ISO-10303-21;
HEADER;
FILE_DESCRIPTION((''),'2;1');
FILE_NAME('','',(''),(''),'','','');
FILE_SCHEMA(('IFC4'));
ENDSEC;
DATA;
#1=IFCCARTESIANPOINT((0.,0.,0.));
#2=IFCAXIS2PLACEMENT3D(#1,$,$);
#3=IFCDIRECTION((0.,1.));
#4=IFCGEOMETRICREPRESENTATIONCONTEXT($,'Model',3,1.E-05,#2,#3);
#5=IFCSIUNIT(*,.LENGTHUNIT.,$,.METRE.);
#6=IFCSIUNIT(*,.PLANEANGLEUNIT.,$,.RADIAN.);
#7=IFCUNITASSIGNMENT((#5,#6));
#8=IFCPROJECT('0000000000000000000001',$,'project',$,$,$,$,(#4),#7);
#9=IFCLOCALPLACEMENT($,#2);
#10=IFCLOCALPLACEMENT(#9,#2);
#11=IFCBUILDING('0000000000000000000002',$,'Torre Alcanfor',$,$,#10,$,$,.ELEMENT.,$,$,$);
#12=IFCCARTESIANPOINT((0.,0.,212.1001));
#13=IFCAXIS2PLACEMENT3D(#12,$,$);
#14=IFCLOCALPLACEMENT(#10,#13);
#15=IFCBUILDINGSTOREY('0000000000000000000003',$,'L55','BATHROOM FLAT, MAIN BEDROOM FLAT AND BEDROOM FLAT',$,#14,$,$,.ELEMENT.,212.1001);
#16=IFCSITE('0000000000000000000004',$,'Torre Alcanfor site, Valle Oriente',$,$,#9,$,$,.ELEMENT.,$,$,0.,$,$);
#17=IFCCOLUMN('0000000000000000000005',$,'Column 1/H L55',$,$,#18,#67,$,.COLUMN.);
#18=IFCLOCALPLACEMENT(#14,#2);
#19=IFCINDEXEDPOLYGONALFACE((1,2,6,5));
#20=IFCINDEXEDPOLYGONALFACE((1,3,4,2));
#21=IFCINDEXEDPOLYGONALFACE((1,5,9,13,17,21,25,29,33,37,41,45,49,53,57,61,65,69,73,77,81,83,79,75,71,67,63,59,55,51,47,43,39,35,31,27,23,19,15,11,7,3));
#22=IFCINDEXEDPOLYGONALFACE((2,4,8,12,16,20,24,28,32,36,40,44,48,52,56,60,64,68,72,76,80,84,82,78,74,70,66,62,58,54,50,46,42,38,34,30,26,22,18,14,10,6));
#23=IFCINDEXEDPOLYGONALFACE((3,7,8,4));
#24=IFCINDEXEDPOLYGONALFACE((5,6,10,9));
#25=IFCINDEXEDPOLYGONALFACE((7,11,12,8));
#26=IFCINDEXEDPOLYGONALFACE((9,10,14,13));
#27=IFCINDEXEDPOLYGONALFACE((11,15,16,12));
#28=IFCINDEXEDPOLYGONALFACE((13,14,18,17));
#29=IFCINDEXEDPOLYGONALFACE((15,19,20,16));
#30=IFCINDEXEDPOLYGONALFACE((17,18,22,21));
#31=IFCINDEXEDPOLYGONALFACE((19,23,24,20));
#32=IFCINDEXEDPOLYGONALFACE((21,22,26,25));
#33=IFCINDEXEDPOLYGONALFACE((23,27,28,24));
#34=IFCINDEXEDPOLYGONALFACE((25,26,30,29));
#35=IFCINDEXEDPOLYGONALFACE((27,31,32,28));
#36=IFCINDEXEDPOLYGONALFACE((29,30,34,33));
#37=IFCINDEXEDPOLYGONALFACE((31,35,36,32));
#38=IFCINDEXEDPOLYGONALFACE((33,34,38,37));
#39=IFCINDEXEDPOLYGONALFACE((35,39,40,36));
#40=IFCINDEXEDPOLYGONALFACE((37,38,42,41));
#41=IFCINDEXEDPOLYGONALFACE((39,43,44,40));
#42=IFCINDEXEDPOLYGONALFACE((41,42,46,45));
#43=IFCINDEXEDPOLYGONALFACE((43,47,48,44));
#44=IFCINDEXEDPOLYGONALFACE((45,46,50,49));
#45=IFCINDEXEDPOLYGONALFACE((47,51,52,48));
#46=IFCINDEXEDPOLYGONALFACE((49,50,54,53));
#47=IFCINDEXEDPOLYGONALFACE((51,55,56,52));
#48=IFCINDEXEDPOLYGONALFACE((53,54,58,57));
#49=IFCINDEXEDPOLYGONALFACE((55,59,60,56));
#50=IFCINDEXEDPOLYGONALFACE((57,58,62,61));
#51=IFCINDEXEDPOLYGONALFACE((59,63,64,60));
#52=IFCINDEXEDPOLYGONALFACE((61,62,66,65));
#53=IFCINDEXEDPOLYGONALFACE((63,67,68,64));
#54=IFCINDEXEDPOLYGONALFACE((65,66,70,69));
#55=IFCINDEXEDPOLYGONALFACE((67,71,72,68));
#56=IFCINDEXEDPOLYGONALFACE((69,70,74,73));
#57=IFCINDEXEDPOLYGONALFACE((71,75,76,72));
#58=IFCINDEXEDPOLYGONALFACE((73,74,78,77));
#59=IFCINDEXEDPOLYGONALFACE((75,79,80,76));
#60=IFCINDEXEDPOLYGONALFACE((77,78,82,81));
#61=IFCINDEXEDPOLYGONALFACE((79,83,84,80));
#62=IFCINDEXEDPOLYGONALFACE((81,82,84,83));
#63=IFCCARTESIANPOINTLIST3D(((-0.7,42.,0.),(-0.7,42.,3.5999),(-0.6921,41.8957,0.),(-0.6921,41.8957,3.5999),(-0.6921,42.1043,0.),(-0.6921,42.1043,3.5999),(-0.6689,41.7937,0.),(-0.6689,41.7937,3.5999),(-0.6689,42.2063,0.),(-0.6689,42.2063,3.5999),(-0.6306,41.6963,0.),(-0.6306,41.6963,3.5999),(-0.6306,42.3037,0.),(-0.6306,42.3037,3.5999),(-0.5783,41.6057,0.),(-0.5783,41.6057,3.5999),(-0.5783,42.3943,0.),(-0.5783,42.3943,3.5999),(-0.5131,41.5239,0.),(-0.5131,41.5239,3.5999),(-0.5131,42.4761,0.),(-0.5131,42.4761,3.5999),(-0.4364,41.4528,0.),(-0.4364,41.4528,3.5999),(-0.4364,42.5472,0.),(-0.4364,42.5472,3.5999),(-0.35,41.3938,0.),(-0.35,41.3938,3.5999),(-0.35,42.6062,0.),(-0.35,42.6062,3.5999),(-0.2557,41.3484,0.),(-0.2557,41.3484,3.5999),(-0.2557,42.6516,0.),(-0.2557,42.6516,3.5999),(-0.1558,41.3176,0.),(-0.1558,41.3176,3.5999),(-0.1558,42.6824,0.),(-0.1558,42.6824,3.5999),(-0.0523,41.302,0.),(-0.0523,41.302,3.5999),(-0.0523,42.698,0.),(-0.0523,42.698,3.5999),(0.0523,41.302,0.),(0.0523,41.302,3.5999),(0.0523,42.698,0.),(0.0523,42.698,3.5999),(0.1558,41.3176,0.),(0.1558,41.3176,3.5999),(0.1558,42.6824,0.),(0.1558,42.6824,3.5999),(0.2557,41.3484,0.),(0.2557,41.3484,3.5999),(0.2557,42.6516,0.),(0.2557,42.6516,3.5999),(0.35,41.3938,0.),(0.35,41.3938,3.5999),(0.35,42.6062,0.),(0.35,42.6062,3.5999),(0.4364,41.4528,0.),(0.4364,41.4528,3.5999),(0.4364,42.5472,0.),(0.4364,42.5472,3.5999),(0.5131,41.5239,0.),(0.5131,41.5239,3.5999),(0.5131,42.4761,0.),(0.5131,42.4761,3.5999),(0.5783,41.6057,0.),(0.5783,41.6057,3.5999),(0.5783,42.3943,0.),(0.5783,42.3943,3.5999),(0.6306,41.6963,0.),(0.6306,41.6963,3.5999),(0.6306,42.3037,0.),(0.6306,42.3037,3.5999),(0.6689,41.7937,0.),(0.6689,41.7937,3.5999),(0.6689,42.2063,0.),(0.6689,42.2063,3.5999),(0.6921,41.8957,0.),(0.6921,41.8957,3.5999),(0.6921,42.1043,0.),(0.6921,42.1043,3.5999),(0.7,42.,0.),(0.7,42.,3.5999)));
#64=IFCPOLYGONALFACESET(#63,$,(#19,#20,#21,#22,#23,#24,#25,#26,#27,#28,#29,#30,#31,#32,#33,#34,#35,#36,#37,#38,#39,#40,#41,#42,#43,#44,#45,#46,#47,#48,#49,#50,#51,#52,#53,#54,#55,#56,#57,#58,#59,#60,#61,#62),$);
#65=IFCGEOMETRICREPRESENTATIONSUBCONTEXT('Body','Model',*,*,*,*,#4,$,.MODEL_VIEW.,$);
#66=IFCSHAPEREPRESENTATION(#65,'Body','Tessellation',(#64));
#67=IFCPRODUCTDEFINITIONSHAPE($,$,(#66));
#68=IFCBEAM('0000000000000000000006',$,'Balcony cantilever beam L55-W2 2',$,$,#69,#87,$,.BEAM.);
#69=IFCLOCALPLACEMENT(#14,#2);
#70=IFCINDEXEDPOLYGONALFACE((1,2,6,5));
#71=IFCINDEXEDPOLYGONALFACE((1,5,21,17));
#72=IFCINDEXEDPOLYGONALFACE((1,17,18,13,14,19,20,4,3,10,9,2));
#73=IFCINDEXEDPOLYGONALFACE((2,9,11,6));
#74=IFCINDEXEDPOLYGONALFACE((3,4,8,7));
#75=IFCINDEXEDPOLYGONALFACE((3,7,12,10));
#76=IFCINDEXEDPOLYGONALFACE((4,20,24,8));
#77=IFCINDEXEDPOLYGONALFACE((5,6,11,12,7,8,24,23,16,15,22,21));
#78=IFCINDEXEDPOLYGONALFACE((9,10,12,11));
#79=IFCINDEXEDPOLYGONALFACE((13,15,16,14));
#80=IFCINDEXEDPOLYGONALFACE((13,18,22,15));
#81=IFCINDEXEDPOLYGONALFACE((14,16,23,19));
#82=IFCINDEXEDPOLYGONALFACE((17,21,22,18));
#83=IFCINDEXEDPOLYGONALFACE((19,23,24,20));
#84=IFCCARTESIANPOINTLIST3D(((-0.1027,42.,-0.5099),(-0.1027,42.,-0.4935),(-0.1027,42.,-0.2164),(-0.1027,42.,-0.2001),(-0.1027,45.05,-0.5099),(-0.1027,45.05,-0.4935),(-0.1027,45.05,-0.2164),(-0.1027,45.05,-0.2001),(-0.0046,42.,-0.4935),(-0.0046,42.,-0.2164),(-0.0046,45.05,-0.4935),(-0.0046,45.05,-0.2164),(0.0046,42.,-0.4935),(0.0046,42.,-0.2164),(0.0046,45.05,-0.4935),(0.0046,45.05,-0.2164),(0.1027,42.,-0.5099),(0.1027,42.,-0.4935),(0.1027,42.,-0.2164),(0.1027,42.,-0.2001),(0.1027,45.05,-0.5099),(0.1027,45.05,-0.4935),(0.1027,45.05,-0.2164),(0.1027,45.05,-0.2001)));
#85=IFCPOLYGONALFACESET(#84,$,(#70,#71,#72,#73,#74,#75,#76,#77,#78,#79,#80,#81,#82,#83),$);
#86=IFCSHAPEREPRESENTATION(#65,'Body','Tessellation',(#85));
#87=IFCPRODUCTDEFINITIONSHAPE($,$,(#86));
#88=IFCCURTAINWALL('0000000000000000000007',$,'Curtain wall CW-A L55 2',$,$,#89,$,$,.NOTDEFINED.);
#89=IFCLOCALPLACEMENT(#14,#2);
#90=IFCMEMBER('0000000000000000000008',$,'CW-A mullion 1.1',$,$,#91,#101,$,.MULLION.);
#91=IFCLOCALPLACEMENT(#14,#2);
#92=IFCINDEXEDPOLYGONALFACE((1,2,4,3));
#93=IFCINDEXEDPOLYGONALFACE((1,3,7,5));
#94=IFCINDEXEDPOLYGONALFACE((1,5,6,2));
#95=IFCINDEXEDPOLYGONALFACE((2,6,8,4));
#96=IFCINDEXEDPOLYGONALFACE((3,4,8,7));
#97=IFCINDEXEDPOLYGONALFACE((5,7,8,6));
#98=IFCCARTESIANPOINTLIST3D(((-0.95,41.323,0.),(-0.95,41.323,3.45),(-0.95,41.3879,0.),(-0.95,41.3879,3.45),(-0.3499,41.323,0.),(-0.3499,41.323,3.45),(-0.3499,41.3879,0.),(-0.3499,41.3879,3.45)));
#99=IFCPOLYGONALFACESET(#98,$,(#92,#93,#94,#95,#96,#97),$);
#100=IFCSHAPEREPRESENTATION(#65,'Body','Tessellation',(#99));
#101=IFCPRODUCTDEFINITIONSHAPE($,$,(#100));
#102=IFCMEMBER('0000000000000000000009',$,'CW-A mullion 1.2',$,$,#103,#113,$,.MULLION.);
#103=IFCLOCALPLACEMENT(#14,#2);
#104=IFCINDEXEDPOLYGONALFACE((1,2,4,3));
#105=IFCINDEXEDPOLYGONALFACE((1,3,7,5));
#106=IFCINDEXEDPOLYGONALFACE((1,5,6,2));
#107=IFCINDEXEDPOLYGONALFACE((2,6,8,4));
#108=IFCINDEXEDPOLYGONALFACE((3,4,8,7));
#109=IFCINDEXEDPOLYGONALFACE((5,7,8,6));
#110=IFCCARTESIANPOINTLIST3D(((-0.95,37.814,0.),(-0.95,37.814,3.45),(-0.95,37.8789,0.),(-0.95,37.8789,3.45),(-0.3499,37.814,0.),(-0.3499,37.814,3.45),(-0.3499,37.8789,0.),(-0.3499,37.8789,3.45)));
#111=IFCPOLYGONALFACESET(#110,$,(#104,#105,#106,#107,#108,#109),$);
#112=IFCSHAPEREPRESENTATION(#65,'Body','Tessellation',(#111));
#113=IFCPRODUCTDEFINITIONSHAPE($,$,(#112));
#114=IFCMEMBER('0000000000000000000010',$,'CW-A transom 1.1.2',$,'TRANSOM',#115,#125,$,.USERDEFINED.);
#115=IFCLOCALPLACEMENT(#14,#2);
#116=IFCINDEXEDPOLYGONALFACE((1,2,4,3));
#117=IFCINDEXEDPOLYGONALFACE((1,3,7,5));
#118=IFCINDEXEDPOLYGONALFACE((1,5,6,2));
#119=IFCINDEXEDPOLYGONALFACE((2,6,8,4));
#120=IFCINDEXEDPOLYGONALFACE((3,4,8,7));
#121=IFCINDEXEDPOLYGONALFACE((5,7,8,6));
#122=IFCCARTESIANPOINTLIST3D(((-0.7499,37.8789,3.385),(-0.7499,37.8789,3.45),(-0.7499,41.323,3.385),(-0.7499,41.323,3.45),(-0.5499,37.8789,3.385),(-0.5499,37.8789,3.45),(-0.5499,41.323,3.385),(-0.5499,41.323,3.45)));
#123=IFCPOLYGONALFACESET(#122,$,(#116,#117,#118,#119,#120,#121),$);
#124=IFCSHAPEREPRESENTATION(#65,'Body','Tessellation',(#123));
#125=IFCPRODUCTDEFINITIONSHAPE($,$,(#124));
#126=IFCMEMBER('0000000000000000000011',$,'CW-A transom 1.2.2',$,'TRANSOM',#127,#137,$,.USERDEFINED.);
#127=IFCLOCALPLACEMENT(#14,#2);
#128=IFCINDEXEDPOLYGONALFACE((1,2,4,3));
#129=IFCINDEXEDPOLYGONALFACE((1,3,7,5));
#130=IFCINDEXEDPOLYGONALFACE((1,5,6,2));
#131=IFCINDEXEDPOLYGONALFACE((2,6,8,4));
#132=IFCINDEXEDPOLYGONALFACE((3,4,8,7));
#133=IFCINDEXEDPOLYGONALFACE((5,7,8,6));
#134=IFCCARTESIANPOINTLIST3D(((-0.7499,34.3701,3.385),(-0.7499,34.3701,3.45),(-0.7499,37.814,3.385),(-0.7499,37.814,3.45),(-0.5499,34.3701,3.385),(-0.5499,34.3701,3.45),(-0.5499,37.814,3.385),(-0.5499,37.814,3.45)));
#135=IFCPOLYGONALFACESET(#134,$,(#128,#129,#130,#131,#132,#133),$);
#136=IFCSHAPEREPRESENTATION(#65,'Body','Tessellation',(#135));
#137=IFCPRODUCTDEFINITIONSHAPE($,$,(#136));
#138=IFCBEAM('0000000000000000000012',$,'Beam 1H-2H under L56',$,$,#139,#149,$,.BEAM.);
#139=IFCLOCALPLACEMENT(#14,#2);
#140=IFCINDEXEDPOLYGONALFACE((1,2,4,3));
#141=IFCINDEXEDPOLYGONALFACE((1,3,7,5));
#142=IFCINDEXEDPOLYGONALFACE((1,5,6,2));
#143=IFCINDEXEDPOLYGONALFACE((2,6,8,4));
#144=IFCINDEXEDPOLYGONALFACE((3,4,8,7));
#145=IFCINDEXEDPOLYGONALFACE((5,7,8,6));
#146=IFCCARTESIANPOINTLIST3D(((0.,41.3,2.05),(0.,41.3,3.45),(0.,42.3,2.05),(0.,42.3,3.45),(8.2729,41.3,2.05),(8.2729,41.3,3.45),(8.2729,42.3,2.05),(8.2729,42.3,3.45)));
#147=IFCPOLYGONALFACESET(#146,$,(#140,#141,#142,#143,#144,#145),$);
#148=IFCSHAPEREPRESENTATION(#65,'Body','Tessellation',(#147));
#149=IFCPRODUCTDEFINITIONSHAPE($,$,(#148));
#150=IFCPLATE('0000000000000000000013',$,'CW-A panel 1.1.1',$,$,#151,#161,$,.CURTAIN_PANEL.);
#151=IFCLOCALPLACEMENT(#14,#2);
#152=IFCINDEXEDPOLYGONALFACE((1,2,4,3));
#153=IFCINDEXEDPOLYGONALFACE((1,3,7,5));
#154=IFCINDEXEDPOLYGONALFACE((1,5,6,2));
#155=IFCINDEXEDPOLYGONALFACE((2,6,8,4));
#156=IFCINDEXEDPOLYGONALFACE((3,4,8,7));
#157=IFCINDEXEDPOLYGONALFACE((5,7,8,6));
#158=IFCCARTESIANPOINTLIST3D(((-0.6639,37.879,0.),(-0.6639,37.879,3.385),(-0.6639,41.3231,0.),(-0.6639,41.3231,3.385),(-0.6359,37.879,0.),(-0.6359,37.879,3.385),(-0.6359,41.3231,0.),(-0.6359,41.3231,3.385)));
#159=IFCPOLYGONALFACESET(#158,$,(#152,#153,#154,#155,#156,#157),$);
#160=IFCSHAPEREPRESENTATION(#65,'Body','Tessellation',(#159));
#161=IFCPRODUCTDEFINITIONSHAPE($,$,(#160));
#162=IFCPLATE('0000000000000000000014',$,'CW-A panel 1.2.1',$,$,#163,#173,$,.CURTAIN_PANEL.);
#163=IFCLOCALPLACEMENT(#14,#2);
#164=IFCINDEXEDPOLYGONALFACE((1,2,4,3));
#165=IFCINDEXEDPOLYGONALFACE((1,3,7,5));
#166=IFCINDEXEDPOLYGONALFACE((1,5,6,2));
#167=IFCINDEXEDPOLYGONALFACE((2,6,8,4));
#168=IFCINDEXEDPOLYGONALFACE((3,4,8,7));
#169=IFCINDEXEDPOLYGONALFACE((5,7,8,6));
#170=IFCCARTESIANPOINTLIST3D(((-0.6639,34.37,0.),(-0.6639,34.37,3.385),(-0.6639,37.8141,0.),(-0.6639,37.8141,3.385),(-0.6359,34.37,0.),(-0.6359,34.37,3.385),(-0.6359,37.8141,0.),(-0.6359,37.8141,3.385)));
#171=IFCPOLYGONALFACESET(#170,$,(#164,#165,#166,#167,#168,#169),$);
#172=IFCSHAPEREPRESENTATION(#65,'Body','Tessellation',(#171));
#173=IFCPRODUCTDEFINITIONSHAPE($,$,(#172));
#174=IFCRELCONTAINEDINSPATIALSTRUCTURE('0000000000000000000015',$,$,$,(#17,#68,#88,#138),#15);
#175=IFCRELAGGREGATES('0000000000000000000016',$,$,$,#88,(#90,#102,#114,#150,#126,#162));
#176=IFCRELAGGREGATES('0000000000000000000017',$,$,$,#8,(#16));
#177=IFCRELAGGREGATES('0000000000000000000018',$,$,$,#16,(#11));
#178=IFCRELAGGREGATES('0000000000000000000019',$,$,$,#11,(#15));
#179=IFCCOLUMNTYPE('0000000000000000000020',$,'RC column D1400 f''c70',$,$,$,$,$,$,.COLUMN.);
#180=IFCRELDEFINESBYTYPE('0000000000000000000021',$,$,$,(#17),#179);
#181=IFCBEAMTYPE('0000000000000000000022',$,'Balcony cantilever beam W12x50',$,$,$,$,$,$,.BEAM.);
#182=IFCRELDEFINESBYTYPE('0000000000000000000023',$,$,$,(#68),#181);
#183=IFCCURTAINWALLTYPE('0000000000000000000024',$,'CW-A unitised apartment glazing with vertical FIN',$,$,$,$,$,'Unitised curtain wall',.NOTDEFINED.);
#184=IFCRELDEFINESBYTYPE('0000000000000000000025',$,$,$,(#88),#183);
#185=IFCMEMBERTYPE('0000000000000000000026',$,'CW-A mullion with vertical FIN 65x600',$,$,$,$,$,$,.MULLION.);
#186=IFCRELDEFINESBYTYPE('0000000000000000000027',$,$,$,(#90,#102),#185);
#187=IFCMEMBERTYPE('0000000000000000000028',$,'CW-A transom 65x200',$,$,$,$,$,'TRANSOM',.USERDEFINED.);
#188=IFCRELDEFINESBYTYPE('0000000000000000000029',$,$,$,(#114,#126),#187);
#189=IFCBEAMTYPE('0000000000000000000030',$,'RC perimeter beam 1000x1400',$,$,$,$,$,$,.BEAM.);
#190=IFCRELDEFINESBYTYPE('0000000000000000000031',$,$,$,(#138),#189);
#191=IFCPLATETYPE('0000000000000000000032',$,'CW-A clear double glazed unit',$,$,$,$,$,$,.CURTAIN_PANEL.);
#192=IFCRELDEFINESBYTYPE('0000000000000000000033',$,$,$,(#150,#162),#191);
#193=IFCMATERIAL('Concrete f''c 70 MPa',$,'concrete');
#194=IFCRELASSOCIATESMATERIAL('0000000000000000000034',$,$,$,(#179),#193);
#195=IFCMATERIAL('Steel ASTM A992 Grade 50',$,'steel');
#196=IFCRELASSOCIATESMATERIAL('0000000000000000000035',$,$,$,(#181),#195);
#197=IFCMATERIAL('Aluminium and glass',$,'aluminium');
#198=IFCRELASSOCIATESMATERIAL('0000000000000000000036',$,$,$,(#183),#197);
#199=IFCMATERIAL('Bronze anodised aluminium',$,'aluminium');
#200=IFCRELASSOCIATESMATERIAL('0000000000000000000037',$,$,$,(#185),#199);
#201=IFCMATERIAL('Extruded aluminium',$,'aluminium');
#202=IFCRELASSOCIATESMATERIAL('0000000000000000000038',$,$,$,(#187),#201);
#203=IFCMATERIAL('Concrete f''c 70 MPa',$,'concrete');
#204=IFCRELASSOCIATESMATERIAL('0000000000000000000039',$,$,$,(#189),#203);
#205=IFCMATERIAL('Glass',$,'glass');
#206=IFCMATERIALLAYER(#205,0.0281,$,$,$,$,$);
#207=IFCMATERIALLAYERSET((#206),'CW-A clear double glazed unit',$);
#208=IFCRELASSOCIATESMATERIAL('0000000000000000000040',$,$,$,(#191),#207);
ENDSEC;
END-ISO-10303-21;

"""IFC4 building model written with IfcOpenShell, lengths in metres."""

from ifc_helpers import new_model, si_unit, direction, frame, origin, origin_2d, place, context, subcontext, project, spatial, rectangle, circle, i_section, extrude, material, layer, layer_set, material_profile, profile_set, type_object, element, aggregate, save


model = new_model("IFC4")

# Units and contexts
model_context = context("Model", 3, precision=1e-05, world=origin(), true_north=direction((0.0, 1.0)))
body_context = subcontext(model_context, "Body", "Model", "MODEL_VIEW")
ifc_project = project(units=[si_unit("LENGTHUNIT", "METRE"), si_unit("PLANEANGLEUNIT", "RADIAN")], contexts=[model_context])

# Site, building, storey
site_placement = place(None, origin())
site = spatial("IfcSite", under=ifc_project, at=site_placement, Name="Torre Alcanfor site, Valle Oriente", CompositionType="ELEMENT", RefElevation=0.0)
building_placement = place(site_placement, origin())
building = spatial("IfcBuilding", under=site, at=building_placement, Name="Torre Alcanfor", CompositionType="ELEMENT")
storey_placement = place(building_placement, frame((0.0, 0.0, 212.1001)))
storey = spatial("IfcBuildingStorey", under=building, at=storey_placement, Name="L55", Description="BATHROOM FLAT, MAIN BEDROOM FLAT AND BEDROOM FLAT", CompositionType="ELEMENT", Elevation=212.1001)

# Column
ifc_material_1 = material(Name="Concrete f'c 70 MPa", Category="concrete")
ifc_material_profile_1 = material_profile(ifc_material_1, circle(Radius=0.7, at=origin_2d()), Name="D1400")
ifc_profile_set_1 = profile_set([ifc_material_profile_1], Name="Concrete f'c 70 MPa")
column_type = type_object("IfcColumnType", Name="RC column D1400 f'c70", PredefinedType="COLUMN", material=ifc_profile_set_1)
column_placement = place(storey_placement, frame((0.0, 42.0, 0.0), z_axis=(0.0, 0.0, 1.0), x_axis=(1.0, 0.0, 0.0)))
element("IfcColumn", 1, at=column_placement, inside=storey, type_object=column_type, Name="Column 1/H L55", PredefinedType="COLUMN", context=body_context, shape_type="SweptSolid", body=[
    extrude(circle(Radius=0.7, at=origin_2d()), origin(), (0.0, 0.0, 1.0), 3.5999),
])

# Beam
ifc_material_2 = material(Name="Steel ASTM A992 Grade 50", Category="steel")
ifc_material_profile_2 = material_profile(ifc_material_2, i_section(OverallWidth=0.2053, OverallDepth=0.3098, WebThickness=0.0093, FlangeThickness=0.0164, at=origin_2d()), Name="W12x50")
ifc_profile_set_2 = profile_set([ifc_material_profile_2], Name="Steel ASTM A992 Grade 50")
beam_type_1 = type_object("IfcBeamType", Name="Balcony cantilever beam W12x50", PredefinedType="BEAM", material=ifc_profile_set_2)
beam_1_placement = place(storey_placement, frame((0.0, 42.0, -0.355), z_axis=(0.0, 1.0, 0.0), x_axis=(-1.0, 0.0, 0.0)))
element("IfcBeam", 2, at=beam_1_placement, inside=storey, type_object=beam_type_1, Name="Balcony cantilever beam L55-W2 2", PredefinedType="BEAM", context=body_context, shape_type="SweptSolid", body=[
    extrude(i_section(OverallWidth=0.2053, OverallDepth=0.3098, WebThickness=0.0093, FlangeThickness=0.0164, at=origin_2d()), origin(), (0.0, 0.0, 1.0), 3.05),
])

# Curtain wall, members
ifc_material_3 = material(Name="Aluminium and glass", Category="aluminium")
curtain_wall_type = type_object("IfcCurtainWallType", Name="CW-A unitised apartment glazing with vertical FIN", ElementType="Unitised curtain wall", PredefinedType="NOTDEFINED", material=ifc_material_3)
curtain_wall_placement = place(storey_placement, origin())
curtain_wall = element("IfcCurtainWall", 3, at=curtain_wall_placement, inside=storey, type_object=curtain_wall_type, Name="Curtain wall CW-A L55 2", PredefinedType="NOTDEFINED")
ifc_material_4 = material(Name="Bronze anodised aluminium", Category="aluminium")
ifc_material_profile_3 = material_profile(ifc_material_4, rectangle(XDim=0.6001, YDim=0.0649, at=origin_2d()), Name="CW-A mullion 65x600")
ifc_profile_set_3 = profile_set([ifc_material_profile_3], Name="Bronze anodised aluminium")
member_type_1 = type_object("IfcMemberType", Name="CW-A mullion with vertical FIN 65x600", PredefinedType="MULLION", material=ifc_profile_set_3)
member_1_placement = place(storey_placement, frame((-0.6499, 41.3555, 0.0), z_axis=(0.0, 0.0, 1.0), x_axis=(1.0, 0.0, 0.0)))
member_1 = element("IfcMember", 4, at=member_1_placement, type_object=member_type_1, Name="CW-A mullion 1.1", PredefinedType="MULLION", context=body_context, shape_type="SweptSolid", body=[
    extrude(rectangle(XDim=0.6001, YDim=0.0649, at=origin_2d()), origin(), (0.0, 0.0, 1.0), 3.45),
])
member_2_placement = place(storey_placement, frame((-0.6499, 37.8464, 0.0), z_axis=(0.0, 0.0, 1.0), x_axis=(1.0, 0.0, 0.0)))
member_2 = element("IfcMember", 5, at=member_2_placement, type_object=member_type_1, Name="CW-A mullion 1.2", PredefinedType="MULLION", context=body_context, shape_type="SweptSolid", body=[
    extrude(rectangle(XDim=0.6001, YDim=0.0649, at=origin_2d()), origin(), (0.0, 0.0, 1.0), 3.45),
])
ifc_material_5 = material(Name="Extruded aluminium", Category="aluminium")
ifc_material_profile_4 = material_profile(ifc_material_5, rectangle(XDim=0.2, YDim=0.0649, at=origin_2d()), Name="CW-A transom 200x65")
ifc_profile_set_4 = profile_set([ifc_material_profile_4], Name="Extruded aluminium")
member_type_2 = type_object("IfcMemberType", Name="CW-A transom 65x200", ElementType="TRANSOM", PredefinedType="USERDEFINED", material=ifc_profile_set_4)
member_3_placement = place(storey_placement, frame((-0.6499, 41.323, 3.4175), z_axis=(0.0, -1.0, 0.0), x_axis=(1.0, 0.0, 0.0)))
member_3 = element("IfcMember", 6, at=member_3_placement, type_object=member_type_2, Name="CW-A transom 1.1.2", ObjectType="TRANSOM", PredefinedType="USERDEFINED", context=body_context, shape_type="SweptSolid", body=[
    extrude(rectangle(XDim=0.2, YDim=0.0649, at=origin_2d()), origin(), (0.0, 0.0, 1.0), 3.4441),
])
member_4_placement = place(storey_placement, frame((-0.6499, 37.814, 3.4175), z_axis=(0.0, -1.0, 0.0), x_axis=(1.0, 0.0, 0.0)))
member_4 = element("IfcMember", 7, at=member_4_placement, type_object=member_type_2, Name="CW-A transom 1.2.2", ObjectType="TRANSOM", PredefinedType="USERDEFINED", context=body_context, shape_type="SweptSolid", body=[
    extrude(rectangle(XDim=0.2, YDim=0.0649, at=origin_2d()), origin(), (0.0, 0.0, 1.0), 3.4438),
])

# Beam
ifc_material_6 = material(Name="Concrete f'c 70 MPa", Category="concrete")
ifc_material_profile_5 = material_profile(ifc_material_6, rectangle(XDim=1.0, YDim=1.3999, at=origin_2d()), Name="1000x1400")
ifc_profile_set_5 = profile_set([ifc_material_profile_5], Name="Concrete f'c 70 MPa")
beam_type_2 = type_object("IfcBeamType", Name="RC perimeter beam 1000x1400", PredefinedType="BEAM", material=ifc_profile_set_5)
beam_2_placement = place(storey_placement, frame((0.0, 41.8, 2.75), z_axis=(1.0, 0.0, 0.0), x_axis=(0.0, 1.0, 0.0)))
element("IfcBeam", 8, at=beam_2_placement, inside=storey, type_object=beam_type_2, Name="Beam 1H-2H under L56", PredefinedType="BEAM", context=body_context, shape_type="SweptSolid", body=[
    extrude(rectangle(XDim=1.0, YDim=1.3999, at=origin_2d()), origin(), (0.0, 0.0, 1.0), 8.2729),
])

# Plates
ifc_material_7 = material(Name="Glass", Category="glass")
ifc_layer_1 = layer(ifc_material_7, 0.0281)
ifc_layer_set_1 = layer_set([ifc_layer_1], Name="CW-A clear double glazed unit")
plate_type = type_object("IfcPlateType", Name="CW-A clear double glazed unit", PredefinedType="CURTAIN_PANEL", material=ifc_layer_set_1)
plate_1_placement = place(storey_placement, frame((-0.6499, 39.6011, 0.0), z_axis=(0.0, 0.0, 1.0), x_axis=(0.0, -1.0, 0.0)))
plate_1 = element("IfcPlate", 9, at=plate_1_placement, type_object=plate_type, Name="CW-A panel 1.1.1", PredefinedType="CURTAIN_PANEL", context=body_context, shape_type="SweptSolid", body=[
    extrude(rectangle(XDim=3.4441, YDim=0.0281, at=origin_2d()), origin(), (0.0, 0.0, 1.0), 3.385),
])
plate_2_placement = place(storey_placement, frame((-0.6499, 36.092, 0.0), z_axis=(0.0, 0.0, 1.0), x_axis=(0.0, -1.0, 0.0)))
plate_2 = element("IfcPlate", 10, at=plate_2_placement, type_object=plate_type, Name="CW-A panel 1.2.1", PredefinedType="CURTAIN_PANEL", context=body_context, shape_type="SweptSolid", body=[
    extrude(rectangle(XDim=3.4441, YDim=0.0281, at=origin_2d()), origin(), (0.0, 0.0, 1.0), 3.385),
])
aggregate(curtain_wall, [member_1, member_2, member_3, plate_1, member_4, plate_2])

save(model, "model.ifc")
